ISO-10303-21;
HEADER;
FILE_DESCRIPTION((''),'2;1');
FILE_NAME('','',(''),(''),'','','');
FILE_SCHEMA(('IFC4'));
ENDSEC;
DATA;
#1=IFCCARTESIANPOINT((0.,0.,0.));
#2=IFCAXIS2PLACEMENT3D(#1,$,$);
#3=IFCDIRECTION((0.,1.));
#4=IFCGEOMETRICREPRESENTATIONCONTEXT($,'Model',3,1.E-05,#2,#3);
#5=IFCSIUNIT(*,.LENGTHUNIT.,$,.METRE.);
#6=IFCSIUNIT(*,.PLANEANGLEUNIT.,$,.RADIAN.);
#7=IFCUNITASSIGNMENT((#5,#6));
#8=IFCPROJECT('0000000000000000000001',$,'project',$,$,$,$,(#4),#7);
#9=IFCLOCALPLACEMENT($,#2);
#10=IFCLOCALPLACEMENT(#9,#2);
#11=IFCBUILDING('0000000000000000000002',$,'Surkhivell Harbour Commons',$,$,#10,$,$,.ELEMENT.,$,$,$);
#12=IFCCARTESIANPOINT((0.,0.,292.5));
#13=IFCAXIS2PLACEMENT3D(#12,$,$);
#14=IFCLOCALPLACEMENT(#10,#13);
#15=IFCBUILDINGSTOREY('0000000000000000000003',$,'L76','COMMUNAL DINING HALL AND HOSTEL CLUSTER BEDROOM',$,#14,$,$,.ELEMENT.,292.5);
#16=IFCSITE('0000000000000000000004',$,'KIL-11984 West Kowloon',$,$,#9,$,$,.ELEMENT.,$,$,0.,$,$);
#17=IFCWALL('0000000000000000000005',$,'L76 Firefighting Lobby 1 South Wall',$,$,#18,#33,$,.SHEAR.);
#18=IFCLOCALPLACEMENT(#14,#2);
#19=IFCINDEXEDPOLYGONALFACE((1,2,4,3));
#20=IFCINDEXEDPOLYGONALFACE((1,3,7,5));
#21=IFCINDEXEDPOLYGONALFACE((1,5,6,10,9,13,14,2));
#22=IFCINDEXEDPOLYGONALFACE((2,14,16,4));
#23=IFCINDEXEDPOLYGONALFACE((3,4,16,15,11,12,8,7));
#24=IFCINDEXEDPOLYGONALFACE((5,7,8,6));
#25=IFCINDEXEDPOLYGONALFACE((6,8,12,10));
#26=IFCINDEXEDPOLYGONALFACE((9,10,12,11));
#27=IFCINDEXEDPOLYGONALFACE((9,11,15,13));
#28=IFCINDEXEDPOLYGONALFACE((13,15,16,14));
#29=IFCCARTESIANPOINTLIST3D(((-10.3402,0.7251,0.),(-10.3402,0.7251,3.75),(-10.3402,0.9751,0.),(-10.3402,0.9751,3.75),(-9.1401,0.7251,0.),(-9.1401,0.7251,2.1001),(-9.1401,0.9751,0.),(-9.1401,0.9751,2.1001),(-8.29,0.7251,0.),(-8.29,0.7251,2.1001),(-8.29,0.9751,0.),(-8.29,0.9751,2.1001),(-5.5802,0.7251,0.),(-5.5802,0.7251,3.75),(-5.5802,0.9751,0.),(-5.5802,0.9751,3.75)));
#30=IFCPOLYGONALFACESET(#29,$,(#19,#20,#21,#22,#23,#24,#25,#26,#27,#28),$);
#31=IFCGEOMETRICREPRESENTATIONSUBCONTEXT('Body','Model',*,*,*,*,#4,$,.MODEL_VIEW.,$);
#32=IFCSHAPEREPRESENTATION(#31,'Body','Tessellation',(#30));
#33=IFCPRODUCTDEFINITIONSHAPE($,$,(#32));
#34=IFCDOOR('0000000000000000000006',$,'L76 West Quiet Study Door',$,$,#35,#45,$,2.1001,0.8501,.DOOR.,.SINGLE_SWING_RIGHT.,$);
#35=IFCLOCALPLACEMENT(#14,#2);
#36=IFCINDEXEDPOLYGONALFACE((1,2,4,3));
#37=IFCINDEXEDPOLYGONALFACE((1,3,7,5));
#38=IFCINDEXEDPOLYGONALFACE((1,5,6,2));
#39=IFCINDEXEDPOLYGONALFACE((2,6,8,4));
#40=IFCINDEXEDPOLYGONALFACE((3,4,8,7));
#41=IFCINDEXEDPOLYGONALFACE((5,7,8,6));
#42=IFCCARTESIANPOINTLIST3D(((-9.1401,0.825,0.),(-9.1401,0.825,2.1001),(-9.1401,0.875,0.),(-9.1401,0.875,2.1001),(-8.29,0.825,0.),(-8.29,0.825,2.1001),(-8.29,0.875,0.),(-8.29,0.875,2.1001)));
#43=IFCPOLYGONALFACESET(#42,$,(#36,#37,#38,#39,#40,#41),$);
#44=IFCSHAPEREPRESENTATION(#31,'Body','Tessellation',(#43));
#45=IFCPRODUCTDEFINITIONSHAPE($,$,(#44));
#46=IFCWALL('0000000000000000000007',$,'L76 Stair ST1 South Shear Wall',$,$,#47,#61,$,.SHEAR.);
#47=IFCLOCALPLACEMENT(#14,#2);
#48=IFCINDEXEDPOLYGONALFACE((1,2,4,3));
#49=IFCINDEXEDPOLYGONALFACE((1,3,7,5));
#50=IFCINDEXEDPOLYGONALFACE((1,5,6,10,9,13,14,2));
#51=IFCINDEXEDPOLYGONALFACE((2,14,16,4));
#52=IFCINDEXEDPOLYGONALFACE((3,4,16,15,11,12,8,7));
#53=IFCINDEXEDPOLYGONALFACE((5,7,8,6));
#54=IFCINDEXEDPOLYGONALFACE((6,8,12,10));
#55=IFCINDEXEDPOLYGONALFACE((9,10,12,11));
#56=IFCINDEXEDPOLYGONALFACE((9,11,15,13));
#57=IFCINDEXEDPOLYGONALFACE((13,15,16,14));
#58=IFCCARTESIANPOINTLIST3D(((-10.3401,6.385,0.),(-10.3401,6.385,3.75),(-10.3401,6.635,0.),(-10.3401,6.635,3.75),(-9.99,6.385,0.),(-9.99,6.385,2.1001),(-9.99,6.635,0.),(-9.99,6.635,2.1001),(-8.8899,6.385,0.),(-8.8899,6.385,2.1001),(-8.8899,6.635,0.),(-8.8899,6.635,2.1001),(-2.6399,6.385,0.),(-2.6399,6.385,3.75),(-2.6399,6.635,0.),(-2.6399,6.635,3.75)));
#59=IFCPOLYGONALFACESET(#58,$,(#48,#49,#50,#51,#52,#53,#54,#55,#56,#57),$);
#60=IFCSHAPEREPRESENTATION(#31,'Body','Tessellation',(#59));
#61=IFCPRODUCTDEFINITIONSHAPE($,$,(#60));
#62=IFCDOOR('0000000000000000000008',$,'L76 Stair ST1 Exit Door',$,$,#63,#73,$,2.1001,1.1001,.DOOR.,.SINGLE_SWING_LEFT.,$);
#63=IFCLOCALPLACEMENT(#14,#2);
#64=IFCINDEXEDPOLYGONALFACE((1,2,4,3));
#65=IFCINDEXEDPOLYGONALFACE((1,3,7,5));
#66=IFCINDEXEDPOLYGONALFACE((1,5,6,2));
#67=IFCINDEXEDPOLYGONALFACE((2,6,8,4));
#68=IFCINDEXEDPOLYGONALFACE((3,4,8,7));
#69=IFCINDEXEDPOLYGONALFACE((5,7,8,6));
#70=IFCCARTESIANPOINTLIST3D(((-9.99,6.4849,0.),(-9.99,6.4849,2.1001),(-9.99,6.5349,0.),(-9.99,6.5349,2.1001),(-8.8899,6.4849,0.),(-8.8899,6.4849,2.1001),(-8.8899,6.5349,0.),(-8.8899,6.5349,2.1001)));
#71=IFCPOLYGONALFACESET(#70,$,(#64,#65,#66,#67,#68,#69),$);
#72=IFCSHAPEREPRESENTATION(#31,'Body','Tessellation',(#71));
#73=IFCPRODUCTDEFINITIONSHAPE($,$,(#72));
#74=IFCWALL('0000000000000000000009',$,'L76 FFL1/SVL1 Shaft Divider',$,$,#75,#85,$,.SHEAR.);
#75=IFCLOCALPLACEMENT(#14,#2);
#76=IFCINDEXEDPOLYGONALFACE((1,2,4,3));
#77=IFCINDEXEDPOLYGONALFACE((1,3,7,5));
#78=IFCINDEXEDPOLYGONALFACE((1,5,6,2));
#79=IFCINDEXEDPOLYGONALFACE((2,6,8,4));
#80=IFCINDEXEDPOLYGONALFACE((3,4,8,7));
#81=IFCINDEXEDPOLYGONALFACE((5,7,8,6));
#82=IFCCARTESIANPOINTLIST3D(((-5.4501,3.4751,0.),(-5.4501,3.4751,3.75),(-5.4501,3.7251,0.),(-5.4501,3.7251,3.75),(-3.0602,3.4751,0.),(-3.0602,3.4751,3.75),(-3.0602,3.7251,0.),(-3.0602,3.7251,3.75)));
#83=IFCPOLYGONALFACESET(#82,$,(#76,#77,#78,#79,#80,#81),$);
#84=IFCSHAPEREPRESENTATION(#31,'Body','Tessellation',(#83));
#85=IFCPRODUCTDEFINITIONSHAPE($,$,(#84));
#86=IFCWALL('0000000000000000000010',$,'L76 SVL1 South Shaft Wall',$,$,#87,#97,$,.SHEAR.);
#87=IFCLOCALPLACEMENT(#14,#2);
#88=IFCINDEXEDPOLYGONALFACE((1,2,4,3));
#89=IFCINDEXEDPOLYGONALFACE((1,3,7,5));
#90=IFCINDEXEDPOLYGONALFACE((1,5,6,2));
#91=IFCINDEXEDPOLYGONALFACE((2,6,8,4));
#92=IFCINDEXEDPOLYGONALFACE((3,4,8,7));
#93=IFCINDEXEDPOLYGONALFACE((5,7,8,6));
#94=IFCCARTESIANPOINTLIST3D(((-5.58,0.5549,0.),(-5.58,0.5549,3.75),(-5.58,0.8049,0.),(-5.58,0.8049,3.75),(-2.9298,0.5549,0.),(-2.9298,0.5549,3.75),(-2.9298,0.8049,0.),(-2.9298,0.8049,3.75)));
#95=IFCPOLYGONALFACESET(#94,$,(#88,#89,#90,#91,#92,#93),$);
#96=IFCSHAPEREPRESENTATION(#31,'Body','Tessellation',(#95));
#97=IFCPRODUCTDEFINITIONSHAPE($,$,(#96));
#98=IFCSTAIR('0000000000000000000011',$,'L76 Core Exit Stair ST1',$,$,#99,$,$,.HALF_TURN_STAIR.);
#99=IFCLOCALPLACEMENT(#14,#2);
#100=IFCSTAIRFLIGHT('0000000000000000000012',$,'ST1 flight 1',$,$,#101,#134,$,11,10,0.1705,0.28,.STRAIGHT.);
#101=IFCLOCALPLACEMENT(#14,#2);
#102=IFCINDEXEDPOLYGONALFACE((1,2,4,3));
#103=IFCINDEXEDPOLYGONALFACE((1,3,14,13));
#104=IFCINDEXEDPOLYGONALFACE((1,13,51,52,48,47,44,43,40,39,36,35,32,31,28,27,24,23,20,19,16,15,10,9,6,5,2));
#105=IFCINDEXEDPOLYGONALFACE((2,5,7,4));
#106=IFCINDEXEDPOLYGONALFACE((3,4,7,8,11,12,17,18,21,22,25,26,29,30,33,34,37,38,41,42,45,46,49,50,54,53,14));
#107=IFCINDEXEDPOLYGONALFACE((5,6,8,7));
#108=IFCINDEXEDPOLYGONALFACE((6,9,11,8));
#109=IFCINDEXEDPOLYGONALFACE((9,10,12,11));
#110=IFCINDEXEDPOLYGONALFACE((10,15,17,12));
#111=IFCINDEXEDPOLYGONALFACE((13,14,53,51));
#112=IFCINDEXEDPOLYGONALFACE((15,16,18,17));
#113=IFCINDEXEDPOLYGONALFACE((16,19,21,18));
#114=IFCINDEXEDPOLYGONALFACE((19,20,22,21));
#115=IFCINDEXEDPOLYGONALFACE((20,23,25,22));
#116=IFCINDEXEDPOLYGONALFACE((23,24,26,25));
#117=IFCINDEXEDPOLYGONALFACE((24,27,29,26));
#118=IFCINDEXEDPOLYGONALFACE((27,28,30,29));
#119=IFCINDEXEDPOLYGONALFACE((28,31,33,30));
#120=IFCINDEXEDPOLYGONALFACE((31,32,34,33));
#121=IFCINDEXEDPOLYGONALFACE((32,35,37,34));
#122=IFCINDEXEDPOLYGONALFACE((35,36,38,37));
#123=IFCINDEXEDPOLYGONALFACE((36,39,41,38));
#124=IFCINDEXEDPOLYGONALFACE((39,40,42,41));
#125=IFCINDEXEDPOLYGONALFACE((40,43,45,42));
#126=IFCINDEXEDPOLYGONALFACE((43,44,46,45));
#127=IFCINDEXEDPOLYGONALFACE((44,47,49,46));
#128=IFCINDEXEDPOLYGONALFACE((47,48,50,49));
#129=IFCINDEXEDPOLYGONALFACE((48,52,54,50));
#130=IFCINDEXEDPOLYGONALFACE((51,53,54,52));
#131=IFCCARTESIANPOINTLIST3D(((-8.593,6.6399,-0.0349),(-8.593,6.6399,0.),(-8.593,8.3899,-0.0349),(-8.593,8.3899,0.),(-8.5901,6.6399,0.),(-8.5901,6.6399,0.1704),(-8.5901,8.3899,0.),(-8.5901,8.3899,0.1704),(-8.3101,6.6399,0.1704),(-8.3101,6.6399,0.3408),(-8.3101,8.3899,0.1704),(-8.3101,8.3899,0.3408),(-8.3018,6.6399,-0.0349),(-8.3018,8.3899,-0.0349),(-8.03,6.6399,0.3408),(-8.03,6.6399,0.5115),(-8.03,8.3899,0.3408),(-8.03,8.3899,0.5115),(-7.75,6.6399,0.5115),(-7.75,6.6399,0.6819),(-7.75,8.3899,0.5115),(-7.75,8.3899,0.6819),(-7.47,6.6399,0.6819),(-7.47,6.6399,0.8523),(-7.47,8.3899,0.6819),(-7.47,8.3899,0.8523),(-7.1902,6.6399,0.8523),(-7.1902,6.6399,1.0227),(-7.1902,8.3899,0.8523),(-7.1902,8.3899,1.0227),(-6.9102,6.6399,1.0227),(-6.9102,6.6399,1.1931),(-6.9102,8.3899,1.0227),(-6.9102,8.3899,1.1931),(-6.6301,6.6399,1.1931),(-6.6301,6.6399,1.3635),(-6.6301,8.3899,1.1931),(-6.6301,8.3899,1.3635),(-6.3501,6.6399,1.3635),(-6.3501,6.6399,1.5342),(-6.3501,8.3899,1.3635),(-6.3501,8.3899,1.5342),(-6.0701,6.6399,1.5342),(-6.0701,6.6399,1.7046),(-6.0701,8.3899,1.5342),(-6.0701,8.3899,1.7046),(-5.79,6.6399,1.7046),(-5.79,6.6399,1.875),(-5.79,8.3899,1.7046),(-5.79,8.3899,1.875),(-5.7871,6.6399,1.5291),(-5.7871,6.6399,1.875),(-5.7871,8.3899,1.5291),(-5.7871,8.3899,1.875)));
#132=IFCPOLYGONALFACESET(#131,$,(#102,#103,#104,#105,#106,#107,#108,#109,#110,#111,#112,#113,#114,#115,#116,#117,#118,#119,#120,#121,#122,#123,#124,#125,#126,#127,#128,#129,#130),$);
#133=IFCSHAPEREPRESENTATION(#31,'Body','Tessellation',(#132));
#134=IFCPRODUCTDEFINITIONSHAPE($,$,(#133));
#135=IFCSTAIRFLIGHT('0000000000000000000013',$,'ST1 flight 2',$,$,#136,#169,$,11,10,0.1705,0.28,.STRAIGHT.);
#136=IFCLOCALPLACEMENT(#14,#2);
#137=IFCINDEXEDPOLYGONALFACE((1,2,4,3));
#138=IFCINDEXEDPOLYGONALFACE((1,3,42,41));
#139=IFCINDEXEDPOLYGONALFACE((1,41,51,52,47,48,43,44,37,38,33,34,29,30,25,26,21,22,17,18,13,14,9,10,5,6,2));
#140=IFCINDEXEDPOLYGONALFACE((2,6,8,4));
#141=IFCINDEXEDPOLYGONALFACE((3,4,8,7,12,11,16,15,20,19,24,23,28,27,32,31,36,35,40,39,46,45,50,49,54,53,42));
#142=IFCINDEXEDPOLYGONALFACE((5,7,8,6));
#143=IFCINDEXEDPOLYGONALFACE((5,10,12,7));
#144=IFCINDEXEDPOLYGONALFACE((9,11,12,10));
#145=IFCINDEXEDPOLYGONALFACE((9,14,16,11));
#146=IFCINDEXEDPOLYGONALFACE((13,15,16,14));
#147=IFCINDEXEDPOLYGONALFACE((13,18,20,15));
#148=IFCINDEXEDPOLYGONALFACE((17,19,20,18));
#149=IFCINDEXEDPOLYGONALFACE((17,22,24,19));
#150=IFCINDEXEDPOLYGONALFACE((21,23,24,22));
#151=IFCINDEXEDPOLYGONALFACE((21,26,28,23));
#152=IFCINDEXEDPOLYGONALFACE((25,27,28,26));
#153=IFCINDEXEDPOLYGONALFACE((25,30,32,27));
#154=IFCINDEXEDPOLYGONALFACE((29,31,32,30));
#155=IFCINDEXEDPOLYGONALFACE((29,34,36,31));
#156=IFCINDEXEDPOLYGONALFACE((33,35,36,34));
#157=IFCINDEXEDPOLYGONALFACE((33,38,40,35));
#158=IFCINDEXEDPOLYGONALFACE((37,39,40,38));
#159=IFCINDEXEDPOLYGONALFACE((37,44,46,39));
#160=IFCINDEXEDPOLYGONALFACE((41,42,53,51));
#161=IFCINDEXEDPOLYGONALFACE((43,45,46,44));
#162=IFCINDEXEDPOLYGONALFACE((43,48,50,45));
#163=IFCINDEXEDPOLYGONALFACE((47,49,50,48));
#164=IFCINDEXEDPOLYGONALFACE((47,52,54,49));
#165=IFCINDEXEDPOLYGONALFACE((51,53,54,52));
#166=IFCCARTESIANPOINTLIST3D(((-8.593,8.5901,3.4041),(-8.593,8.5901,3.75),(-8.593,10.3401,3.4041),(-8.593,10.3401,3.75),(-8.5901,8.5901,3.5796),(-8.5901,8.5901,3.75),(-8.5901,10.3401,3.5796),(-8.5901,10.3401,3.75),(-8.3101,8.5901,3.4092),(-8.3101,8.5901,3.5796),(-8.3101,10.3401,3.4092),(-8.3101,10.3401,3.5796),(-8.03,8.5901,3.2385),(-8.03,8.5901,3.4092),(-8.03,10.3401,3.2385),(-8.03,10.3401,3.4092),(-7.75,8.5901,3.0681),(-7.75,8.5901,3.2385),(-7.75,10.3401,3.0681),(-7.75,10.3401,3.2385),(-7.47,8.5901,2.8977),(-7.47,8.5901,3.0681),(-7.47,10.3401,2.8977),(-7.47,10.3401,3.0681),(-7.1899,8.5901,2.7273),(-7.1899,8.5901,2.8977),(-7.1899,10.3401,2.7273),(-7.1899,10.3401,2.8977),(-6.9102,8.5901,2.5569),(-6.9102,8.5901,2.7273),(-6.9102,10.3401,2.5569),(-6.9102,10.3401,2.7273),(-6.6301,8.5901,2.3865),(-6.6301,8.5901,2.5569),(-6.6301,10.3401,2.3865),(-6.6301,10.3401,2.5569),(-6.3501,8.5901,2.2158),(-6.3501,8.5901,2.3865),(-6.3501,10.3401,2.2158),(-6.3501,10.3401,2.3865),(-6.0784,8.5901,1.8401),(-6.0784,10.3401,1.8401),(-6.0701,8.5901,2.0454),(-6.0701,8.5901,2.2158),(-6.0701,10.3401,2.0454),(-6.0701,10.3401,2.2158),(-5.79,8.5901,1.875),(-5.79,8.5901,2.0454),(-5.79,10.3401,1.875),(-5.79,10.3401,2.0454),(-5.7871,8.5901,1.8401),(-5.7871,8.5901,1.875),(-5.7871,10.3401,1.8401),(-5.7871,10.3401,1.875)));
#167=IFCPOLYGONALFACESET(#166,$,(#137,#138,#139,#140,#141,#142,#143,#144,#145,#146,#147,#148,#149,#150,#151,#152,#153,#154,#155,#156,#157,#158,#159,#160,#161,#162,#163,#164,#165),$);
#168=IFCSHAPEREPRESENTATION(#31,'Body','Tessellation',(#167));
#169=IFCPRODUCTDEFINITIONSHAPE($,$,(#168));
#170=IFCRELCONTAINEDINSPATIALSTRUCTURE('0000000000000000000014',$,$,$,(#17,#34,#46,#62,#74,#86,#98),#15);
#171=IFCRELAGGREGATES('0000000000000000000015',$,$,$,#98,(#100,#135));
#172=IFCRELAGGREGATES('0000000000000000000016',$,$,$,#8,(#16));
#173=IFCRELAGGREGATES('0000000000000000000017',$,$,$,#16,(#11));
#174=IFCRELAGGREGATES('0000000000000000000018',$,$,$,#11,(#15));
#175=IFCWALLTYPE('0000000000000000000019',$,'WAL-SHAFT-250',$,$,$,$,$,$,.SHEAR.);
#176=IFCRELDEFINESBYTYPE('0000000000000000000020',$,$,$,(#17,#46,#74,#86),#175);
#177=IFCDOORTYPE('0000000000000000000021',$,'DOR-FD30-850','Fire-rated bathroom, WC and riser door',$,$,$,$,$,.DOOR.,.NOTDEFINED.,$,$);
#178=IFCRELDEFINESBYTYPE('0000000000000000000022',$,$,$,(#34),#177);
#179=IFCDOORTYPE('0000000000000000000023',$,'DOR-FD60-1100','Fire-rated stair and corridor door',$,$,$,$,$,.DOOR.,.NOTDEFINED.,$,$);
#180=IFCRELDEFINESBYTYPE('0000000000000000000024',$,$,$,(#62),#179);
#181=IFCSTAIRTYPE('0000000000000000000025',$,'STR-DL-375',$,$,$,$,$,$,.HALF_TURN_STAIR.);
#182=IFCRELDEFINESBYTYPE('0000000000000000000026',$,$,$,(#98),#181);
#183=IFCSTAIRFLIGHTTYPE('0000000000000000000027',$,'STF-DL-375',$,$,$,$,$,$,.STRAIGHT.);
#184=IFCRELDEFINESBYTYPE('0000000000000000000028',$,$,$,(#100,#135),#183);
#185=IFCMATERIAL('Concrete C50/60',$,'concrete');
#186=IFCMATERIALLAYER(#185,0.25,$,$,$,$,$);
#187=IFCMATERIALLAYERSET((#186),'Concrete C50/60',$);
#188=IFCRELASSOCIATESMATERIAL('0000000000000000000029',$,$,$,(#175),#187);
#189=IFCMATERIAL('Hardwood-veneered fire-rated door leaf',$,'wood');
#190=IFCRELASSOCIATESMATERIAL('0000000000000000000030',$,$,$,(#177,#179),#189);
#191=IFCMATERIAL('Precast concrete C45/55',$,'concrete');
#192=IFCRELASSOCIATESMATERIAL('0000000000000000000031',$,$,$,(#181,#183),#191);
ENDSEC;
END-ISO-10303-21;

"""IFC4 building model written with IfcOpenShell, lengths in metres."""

from ifc_helpers import new_model, si_unit, direction, frame, frame_2d, origin, place, context, subcontext, project, spatial, polyline, rectangle, outline, extrude, material, layer, layer_set, type_object, element, fill, aggregate, save


model = new_model("IFC4")

# Units and contexts
model_context = context("Model", 3, precision=1e-05, world=origin(), true_north=direction((0.0, 1.0)))
body_context = subcontext(model_context, "Body", "Model", "MODEL_VIEW")
ifc_project = project(units=[si_unit("LENGTHUNIT", "METRE"), si_unit("PLANEANGLEUNIT", "RADIAN")], contexts=[model_context])

# Site, building, storey
site_placement = place(None, origin())
site = spatial("IfcSite", under=ifc_project, at=site_placement, Name="KIL-11984 West Kowloon", CompositionType="ELEMENT", RefElevation=0.0)
building_placement = place(site_placement, origin())
building = spatial("IfcBuilding", under=site, at=building_placement, Name="Surkhivell Harbour Commons", CompositionType="ELEMENT")
storey_placement = place(building_placement, frame((0.0, 0.0, 292.5)))
storey = spatial("IfcBuildingStorey", under=building, at=storey_placement, Name="L76", Description="COMMUNAL DINING HALL AND HOSTEL CLUSTER BEDROOM", CompositionType="ELEMENT", Elevation=292.5)

# Shared definitions
ifc_material_1 = material(Name="Concrete C50/60", Category="concrete")

# Shared definitions
ifc_material_2 = material(Name="Hardwood-veneered fire-rated door leaf", Category="wood")

# Walls, openings, doors
ifc_layer_1 = layer(ifc_material_1, 0.25)
ifc_layer_set_1 = layer_set([ifc_layer_1], Name="Concrete C50/60")
wall_type_1 = type_object("IfcWallType", Name="WAL-SHAFT-250", PredefinedType="SHEAR", material=ifc_layer_set_1)
wall_1_placement = place(storey_placement, frame((-10.3401, 0.8501, 0.0), z_axis=(0.0, 0.0, 1.0), x_axis=(1.0, 0.0, 0.0)))
wall_1 = element("IfcWall", 1, at=wall_1_placement, inside=storey, type_object=wall_type_1, Name="L76 Firefighting Lobby 1 South Wall", PredefinedType="SHEAR", context=body_context, shape_type="SweptSolid", body=[
    extrude(rectangle(XDim=4.76, YDim=0.25, at=frame_2d((2.3799, 0.0))), origin(), (0.0, 0.0, 1.0), 3.75),
])
opening_1_placement = place(wall_1_placement, frame((1.2, 0.0, 0.0)))
opening_1 = element("IfcOpeningElement", 2, at=opening_1_placement, cuts=wall_1, PredefinedType="OPENING", context=body_context, shape_type="SweptSolid", body=[
    extrude(rectangle(XDim=0.8501, YDim=2.1001, at=frame_2d((0.425, 1.05))), frame((0.0, 0.135, 0.0), z_axis=(0.0, -1.0, 0.0), x_axis=(1.0, 0.0, 0.0)), (0.0, 0.0, 1.0), 0.27),
])
door_type_1 = type_object("IfcDoorType", Name="DOR-FD30-850", Description="Fire-rated bathroom, WC and riser door", OperationType="NOTDEFINED", PredefinedType="DOOR", material=ifc_material_2)
door_1_placement = place(opening_1_placement, origin())
door_1 = element("IfcDoor", 3, at=door_1_placement, inside=storey, type_object=door_type_1, Name="L76 West Quiet Study Door", OperationType="SINGLE_SWING_RIGHT", OverallHeight=2.1001, OverallWidth=0.8501, PredefinedType="DOOR", context=body_context, shape_type="SweptSolid", body=[
    extrude(rectangle(XDim=0.8501, YDim=2.1001, at=frame_2d((0.425, 1.05))), frame((0.0, 0.0249, 0.0), z_axis=(0.0, -1.0, 0.0), x_axis=(1.0, 0.0, 0.0)), (0.0, 0.0, 1.0), 0.05),
])
fill(opening_1, door_1)
wall_2_placement = place(storey_placement, frame((-10.3401, 6.51, 0.0), z_axis=(0.0, 0.0, 1.0), x_axis=(1.0, 0.0, 0.0)))
wall_2 = element("IfcWall", 4, at=wall_2_placement, inside=storey, type_object=wall_type_1, Name="L76 Stair ST1 South Shear Wall", PredefinedType="SHEAR", context=body_context, shape_type="SweptSolid", body=[
    extrude(rectangle(XDim=7.7002, YDim=0.25, at=frame_2d((3.8501, 0.0))), origin(), (0.0, 0.0, 1.0), 3.75),
])
opening_2_placement = place(wall_2_placement, frame((0.3501, 0.0, 0.0)))
opening_2 = element("IfcOpeningElement", 5, at=opening_2_placement, cuts=wall_2, PredefinedType="OPENING", context=body_context, shape_type="SweptSolid", body=[
    extrude(rectangle(XDim=1.1001, YDim=2.1001, at=frame_2d((0.55, 1.05))), frame((0.0, 0.135, 0.0), z_axis=(0.0, -1.0, 0.0), x_axis=(1.0, 0.0, 0.0)), (0.0, 0.0, 1.0), 0.27),
])
door_type_2 = type_object("IfcDoorType", Name="DOR-FD60-1100", Description="Fire-rated stair and corridor door", OperationType="NOTDEFINED", PredefinedType="DOOR", material=ifc_material_2)
door_2_placement = place(opening_2_placement, origin())
door_2 = element("IfcDoor", 6, at=door_2_placement, inside=storey, type_object=door_type_2, Name="L76 Stair ST1 Exit Door", OperationType="SINGLE_SWING_LEFT", OverallHeight=2.1001, OverallWidth=1.1001, PredefinedType="DOOR", context=body_context, shape_type="SweptSolid", body=[
    extrude(rectangle(XDim=1.1001, YDim=2.1001, at=frame_2d((0.55, 1.05))), frame((0.0, 0.0249, 0.0), z_axis=(0.0, -1.0, 0.0), x_axis=(1.0, 0.0, 0.0)), (0.0, 0.0, 1.0), 0.05),
])
fill(opening_2, door_2)

# Walls
wall_3_placement = place(storey_placement, frame((-5.45, 3.6001, 0.0), z_axis=(0.0, 0.0, 1.0), x_axis=(1.0, 0.0, 0.0)))
element("IfcWall", 7, at=wall_3_placement, inside=storey, type_object=wall_type_1, Name="L76 FFL1/SVL1 Shaft Divider", PredefinedType="SHEAR", context=body_context, shape_type="SweptSolid", body=[
    extrude(rectangle(XDim=2.3899, YDim=0.25, at=frame_2d((1.1948, 0.0))), origin(), (0.0, 0.0, 1.0), 3.75),
])
wall_4_placement = place(storey_placement, frame((-5.5801, 0.6799, 0.0), z_axis=(0.0, 0.0, 1.0), x_axis=(1.0, 0.0, 0.0)))
element("IfcWall", 8, at=wall_4_placement, inside=storey, type_object=wall_type_1, Name="L76 SVL1 South Shaft Wall", PredefinedType="SHEAR", context=body_context, shape_type="SweptSolid", body=[
    extrude(rectangle(XDim=2.6501, YDim=0.25, at=frame_2d((1.3252, 0.0))), origin(), (0.0, 0.0, 1.0), 3.75),
])

# Stair, stair flights
ifc_material_3 = material(Name="Precast concrete C45/55", Category="concrete")
stair_type = type_object("IfcStairType", Name="STR-DL-375", PredefinedType="HALF_TURN_STAIR", material=ifc_material_3)
stair_placement = place(storey_placement, origin())
stair = element("IfcStair", 9, at=stair_placement, inside=storey, type_object=stair_type, Name="L76 Core Exit Stair ST1", PredefinedType="HALF_TURN_STAIR")
stair_flight_type = type_object("IfcStairFlightType", Name="STF-DL-375", PredefinedType="STRAIGHT", material=ifc_material_3)
stair_flight_1_placement = place(storey_placement, frame((-8.5901, 7.5149, 0.0), z_axis=(0.0, 0.0, 1.0), x_axis=(1.0, 0.0, 0.0)))
stair_flight_1 = element("IfcStairFlight", 10, at=stair_flight_1_placement, type_object=stair_flight_type, Name="ST1 flight 1", NumberOfRisers=11, NumberOfTreads=10, PredefinedType="STRAIGHT", RiserHeight=0.1705, TreadLength=0.28, context=body_context, shape_type="SweptSolid", body=[
    extrude(outline(polyline([(-0.0029, -0.0349), (-0.0029, 0.0), (0.0, 0.0), (0.0, 0.1704), (0.28, 0.1704), (0.28, 0.3408), (0.5601, 0.3408), (0.5601, 0.5115), (0.8401, 0.5115), (0.8401, 0.6819), (1.1201, 0.6819), (1.1201, 0.8523), (1.3999, 0.8523), (1.3999, 1.0227), (1.6799, 1.0227), (1.6799, 1.1931), (1.96, 1.1931), (1.96, 1.3635), (2.24, 1.3635), (2.24, 1.5342), (2.52, 1.5342), (2.52, 1.7046), (2.8, 1.7046), (2.8, 1.875), (2.803, 1.875), (2.803, 1.5291), (0.2883, -0.0349), (-0.0029, -0.0349)])), frame((0.0, 0.875, 0.0), z_axis=(0.0, -1.0, 0.0), x_axis=(1.0, 0.0, 0.0)), (0.0, 0.0, 1.0), 1.75),
])
stair_flight_2_placement = place(storey_placement, frame((-5.79, 9.4651, 1.875), z_axis=(0.0, 0.0, 1.0), x_axis=(-1.0, 0.0, 0.0)))
stair_flight_2 = element("IfcStairFlight", 11, at=stair_flight_2_placement, type_object=stair_flight_type, Name="ST1 flight 2", NumberOfRisers=11, NumberOfTreads=10, PredefinedType="STRAIGHT", RiserHeight=0.1705, TreadLength=0.28, context=body_context, shape_type="SweptSolid", body=[
    extrude(outline(polyline([(-0.0029, -0.0349), (-0.0029, 0.0), (0.0, 0.0), (0.0, 0.1704), (0.28, 0.1704), (0.28, 0.3408), (0.5601, 0.3408), (0.5601, 0.5115), (0.8401, 0.5115), (0.8401, 0.6819), (1.1201, 0.6819), (1.1201, 0.8523), (1.3999, 0.8523), (1.3999, 1.0227), (1.6799, 1.0227), (1.6799, 1.1931), (1.96, 1.1931), (1.96, 1.3635), (2.24, 1.3635), (2.24, 1.5342), (2.52, 1.5342), (2.52, 1.7046), (2.8, 1.7046), (2.8, 1.875), (2.803, 1.875), (2.803, 1.5291), (0.2883, -0.0349), (-0.0029, -0.0349)])), frame((0.0, 0.875, 0.0), z_axis=(0.0, -1.0, 0.0), x_axis=(1.0, 0.0, 0.0)), (0.0, 0.0, 1.0), 1.75),
])
aggregate(stair, [stair_flight_1, stair_flight_2])

save(model, "model.ifc")
